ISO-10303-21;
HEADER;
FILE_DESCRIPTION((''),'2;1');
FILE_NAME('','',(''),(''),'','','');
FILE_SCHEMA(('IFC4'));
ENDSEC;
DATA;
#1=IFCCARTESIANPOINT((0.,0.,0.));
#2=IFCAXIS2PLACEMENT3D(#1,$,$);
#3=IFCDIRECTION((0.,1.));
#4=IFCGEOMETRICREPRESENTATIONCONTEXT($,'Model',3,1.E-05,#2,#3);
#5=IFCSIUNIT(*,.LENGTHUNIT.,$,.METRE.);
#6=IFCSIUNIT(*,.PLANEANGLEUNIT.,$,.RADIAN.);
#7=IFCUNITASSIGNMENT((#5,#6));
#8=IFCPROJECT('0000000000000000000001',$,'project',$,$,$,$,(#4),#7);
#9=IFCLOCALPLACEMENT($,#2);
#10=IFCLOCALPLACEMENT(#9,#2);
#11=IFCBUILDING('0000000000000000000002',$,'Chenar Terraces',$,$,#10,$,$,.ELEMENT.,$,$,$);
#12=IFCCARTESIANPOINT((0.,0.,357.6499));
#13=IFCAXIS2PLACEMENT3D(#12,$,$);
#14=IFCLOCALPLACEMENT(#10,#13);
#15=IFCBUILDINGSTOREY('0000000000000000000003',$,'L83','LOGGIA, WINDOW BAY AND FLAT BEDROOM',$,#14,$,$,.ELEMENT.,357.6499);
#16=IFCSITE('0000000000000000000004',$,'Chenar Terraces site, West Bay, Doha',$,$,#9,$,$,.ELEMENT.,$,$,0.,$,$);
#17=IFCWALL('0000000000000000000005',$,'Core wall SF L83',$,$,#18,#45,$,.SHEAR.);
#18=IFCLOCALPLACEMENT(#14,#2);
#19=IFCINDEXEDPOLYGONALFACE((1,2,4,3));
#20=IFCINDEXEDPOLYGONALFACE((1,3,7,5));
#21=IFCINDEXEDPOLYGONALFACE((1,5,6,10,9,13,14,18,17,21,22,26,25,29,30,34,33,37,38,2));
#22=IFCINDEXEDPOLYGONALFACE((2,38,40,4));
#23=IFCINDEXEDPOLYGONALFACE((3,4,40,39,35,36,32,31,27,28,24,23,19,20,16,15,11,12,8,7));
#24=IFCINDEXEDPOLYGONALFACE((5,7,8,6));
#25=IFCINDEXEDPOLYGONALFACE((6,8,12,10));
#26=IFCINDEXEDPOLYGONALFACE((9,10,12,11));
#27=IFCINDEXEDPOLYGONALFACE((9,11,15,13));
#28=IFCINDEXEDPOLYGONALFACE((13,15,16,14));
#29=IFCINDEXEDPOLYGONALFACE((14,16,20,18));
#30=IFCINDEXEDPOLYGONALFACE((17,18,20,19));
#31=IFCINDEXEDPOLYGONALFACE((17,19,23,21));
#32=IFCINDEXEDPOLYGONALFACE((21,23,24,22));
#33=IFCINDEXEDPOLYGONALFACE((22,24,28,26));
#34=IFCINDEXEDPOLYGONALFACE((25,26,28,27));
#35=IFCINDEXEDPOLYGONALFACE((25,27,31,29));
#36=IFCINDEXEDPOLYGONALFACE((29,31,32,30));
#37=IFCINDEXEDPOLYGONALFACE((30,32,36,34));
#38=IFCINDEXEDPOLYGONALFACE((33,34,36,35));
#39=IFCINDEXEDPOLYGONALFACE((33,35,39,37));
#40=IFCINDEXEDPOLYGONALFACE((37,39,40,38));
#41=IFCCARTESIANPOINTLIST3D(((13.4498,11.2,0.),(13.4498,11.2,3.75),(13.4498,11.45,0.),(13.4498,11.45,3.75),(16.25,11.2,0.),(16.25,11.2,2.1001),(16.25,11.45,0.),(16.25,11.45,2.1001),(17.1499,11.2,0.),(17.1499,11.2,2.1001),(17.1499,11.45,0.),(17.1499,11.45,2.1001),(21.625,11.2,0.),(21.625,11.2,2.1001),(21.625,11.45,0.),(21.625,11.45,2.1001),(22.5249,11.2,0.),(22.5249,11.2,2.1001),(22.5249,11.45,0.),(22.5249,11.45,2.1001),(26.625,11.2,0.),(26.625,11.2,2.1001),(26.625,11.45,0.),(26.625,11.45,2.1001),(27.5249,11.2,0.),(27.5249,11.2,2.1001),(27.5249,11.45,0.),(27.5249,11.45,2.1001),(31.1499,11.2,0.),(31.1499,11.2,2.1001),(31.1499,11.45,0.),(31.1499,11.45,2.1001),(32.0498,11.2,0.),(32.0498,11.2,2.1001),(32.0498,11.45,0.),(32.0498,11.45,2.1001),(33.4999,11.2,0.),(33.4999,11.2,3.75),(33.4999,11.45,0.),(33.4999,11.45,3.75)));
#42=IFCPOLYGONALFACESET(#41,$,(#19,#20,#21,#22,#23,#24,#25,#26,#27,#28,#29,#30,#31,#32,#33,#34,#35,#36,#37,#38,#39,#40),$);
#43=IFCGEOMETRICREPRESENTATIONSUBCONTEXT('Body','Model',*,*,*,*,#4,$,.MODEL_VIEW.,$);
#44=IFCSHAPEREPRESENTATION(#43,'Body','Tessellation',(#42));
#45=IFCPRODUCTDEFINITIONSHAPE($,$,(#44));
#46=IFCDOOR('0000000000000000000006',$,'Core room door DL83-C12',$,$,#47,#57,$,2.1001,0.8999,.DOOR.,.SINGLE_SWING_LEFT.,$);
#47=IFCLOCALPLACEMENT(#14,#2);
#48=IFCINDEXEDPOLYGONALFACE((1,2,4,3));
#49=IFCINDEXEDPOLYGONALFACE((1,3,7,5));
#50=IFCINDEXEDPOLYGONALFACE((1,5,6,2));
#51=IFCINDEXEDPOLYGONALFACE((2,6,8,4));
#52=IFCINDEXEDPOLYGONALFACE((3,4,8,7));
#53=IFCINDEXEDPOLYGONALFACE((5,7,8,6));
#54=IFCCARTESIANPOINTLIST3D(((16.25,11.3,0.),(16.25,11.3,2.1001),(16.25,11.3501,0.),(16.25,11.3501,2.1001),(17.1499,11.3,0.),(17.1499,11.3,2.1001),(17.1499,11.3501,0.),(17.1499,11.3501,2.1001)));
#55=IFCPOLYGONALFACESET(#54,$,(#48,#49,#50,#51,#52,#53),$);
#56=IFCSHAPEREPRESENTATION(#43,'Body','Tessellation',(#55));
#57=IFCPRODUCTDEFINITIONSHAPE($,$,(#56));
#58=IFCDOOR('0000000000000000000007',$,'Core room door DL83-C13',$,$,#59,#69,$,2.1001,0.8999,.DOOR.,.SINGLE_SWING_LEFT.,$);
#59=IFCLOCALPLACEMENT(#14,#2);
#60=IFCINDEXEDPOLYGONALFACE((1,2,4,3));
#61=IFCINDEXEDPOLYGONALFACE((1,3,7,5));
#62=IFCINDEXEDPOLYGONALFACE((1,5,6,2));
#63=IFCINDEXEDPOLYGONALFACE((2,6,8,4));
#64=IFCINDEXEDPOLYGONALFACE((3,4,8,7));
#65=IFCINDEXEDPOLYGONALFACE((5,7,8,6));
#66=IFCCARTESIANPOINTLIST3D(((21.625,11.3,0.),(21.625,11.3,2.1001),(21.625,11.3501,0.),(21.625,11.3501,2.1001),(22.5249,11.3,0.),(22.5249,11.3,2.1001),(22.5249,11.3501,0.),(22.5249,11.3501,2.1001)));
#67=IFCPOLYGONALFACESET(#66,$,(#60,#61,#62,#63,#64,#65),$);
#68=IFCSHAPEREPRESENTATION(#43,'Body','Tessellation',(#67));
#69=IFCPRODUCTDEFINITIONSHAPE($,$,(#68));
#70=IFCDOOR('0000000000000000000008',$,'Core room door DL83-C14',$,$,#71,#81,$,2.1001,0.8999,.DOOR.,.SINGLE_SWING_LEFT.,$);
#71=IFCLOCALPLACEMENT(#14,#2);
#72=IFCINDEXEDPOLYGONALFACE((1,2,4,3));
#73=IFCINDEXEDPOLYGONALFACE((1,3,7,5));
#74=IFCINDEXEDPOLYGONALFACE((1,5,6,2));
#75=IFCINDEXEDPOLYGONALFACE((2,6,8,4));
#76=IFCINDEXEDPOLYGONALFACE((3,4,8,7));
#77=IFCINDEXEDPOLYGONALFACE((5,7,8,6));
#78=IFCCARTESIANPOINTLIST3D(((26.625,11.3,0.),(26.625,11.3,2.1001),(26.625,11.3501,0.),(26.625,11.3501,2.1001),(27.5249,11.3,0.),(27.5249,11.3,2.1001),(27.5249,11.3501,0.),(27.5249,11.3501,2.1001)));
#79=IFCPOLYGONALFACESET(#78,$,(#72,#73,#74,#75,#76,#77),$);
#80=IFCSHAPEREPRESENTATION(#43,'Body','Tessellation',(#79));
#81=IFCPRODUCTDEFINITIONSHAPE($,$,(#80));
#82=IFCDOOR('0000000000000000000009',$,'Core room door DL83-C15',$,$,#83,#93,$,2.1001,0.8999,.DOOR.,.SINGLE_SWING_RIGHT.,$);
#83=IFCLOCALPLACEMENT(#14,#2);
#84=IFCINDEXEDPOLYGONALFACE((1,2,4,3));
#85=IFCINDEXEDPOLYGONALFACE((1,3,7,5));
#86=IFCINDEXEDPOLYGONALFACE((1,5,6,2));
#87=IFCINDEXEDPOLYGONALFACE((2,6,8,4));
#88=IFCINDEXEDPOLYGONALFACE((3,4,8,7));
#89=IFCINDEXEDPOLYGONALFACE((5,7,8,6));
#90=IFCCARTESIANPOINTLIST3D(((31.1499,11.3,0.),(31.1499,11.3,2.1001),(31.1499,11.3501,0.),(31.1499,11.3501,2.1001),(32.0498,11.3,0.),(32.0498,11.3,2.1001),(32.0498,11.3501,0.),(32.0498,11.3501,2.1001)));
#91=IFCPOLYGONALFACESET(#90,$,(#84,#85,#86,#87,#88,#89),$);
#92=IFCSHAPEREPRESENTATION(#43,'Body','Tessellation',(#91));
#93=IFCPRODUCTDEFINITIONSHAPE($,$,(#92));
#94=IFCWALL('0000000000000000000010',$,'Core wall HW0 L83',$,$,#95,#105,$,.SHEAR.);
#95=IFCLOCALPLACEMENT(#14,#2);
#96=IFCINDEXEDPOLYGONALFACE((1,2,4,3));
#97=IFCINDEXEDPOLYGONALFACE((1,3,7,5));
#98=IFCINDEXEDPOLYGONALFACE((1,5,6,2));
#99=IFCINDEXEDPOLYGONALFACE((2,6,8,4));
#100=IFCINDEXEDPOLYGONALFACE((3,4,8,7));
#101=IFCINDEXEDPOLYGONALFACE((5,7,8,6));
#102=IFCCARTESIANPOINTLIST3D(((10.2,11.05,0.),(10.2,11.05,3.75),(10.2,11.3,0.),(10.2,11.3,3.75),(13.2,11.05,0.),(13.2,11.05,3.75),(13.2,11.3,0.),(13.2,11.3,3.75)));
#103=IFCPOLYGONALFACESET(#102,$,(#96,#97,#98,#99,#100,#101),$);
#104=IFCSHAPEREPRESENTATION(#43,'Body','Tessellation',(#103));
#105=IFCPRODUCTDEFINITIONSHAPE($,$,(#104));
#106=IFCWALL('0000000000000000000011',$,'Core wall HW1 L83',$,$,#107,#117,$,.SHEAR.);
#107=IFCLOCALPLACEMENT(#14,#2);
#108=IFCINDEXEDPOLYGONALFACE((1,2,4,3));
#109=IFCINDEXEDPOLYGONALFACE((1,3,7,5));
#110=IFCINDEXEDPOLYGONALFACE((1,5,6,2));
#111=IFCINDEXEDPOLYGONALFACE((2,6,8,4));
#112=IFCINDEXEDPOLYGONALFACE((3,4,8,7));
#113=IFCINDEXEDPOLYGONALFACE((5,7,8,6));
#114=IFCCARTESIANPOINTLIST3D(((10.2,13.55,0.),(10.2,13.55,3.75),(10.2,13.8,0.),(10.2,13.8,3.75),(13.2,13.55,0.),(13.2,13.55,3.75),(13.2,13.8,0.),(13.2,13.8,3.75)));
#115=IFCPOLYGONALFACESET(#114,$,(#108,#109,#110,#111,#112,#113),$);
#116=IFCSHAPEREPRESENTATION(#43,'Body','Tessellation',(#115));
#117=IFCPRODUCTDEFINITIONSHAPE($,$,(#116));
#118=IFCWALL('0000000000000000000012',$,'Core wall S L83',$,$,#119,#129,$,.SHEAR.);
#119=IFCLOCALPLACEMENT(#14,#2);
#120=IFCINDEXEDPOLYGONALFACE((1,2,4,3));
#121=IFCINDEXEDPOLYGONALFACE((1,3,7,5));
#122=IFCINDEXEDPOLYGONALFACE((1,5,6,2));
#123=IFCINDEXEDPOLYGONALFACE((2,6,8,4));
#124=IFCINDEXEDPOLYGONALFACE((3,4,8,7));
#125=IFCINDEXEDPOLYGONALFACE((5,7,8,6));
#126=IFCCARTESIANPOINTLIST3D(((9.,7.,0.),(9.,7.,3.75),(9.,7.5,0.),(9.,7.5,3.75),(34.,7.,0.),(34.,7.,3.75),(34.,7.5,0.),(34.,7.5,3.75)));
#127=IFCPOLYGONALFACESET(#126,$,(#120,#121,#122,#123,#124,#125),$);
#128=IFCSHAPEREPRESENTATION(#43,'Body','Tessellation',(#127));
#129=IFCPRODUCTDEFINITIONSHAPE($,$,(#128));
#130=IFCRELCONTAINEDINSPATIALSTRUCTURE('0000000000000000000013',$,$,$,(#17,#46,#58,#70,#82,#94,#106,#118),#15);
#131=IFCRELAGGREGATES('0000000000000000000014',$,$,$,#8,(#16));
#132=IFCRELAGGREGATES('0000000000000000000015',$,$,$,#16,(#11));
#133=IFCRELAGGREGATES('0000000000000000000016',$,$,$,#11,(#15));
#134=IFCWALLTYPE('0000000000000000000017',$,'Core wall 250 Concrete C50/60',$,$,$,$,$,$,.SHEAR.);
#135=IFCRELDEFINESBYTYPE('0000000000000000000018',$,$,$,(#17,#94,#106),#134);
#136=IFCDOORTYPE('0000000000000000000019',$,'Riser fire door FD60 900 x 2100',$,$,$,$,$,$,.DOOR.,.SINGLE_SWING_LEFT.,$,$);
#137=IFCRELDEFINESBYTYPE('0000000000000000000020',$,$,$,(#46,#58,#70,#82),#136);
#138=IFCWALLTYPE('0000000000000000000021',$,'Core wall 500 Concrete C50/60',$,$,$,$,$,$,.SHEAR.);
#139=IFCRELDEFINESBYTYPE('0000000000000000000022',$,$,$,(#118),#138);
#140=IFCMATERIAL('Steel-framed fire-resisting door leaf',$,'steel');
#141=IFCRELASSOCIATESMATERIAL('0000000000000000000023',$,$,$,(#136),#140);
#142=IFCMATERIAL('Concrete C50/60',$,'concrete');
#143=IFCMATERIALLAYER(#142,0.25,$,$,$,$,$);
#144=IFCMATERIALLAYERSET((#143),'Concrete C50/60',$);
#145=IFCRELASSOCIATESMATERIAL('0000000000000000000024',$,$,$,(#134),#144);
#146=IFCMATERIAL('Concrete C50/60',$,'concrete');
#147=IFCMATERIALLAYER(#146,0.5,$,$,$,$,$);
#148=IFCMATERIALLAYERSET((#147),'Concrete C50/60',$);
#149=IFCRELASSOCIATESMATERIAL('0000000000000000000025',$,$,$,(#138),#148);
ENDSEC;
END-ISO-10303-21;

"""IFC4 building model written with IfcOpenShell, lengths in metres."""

from ifc_helpers import new_model, si_unit, direction, frame, frame_2d, origin, place, context, subcontext, project, spatial, rectangle, extrude, material, layer, layer_set, type_object, element, fill, save


model = new_model("IFC4")

# Units and contexts
model_context = context("Model", 3, precision=1e-05, world=origin(), true_north=direction((0.0, 1.0)))
body_context = subcontext(model_context, "Body", "Model", "MODEL_VIEW")
ifc_project = project(units=[si_unit("LENGTHUNIT", "METRE"), si_unit("PLANEANGLEUNIT", "RADIAN")], contexts=[model_context])

# Site, building, storey
site_placement = place(None, origin())
site = spatial("IfcSite", under=ifc_project, at=site_placement, Name="Chenar Terraces site, West Bay, Doha", CompositionType="ELEMENT", RefElevation=0.0)
building_placement = place(site_placement, origin())
building = spatial("IfcBuilding", under=site, at=building_placement, Name="Chenar Terraces", CompositionType="ELEMENT")
storey_placement = place(building_placement, frame((0.0, 0.0, 357.6499)))
storey = spatial("IfcBuildingStorey", under=building, at=storey_placement, Name="L83", Description="LOGGIA, WINDOW BAY AND FLAT BEDROOM", CompositionType="ELEMENT", Elevation=357.6499)

# Shared definitions
ifc_material_1 = material(Name="Steel-framed fire-resisting door leaf", Category="steel")
door_type_1 = type_object("IfcDoorType", Name="Riser fire door FD60 900 x 2100", OperationType="SINGLE_SWING_LEFT", PredefinedType="DOOR", material=ifc_material_1)

# Shared definitions
ifc_material_2 = material(Name="Concrete C50/60", Category="concrete")
ifc_layer_1 = layer(ifc_material_2, 0.25)
ifc_layer_set_1 = layer_set([ifc_layer_1], Name="Concrete C50/60")
wall_type_1 = type_object("IfcWallType", Name="Core wall 250 Concrete C50/60", PredefinedType="SHEAR", material=ifc_layer_set_1)

# Wall, openings, doors
wall_1_placement = place(storey_placement, frame((13.45, 11.325, 0.0), z_axis=(0.0, 0.0, 1.0), x_axis=(1.0, 0.0, 0.0)))
wall_1 = element("IfcWall", 1, at=wall_1_placement, inside=storey, type_object=wall_type_1, Name="Core wall SF L83", PredefinedType="SHEAR", context=body_context, shape_type="SweptSolid", body=[
    extrude(rectangle(XDim=20.05, YDim=0.25, at=frame_2d((10.0249, 0.0))), origin(), (0.0, 0.0, 1.0), 3.75),
])
opening_1_placement = place(wall_1_placement, frame((2.8, 0.0, 0.0)))
opening_1 = element("IfcOpeningElement", 2, at=opening_1_placement, cuts=wall_1, PredefinedType="OPENING", context=body_context, shape_type="SweptSolid", body=[
    extrude(rectangle(XDim=0.8999, YDim=2.1001, at=frame_2d((0.45, 1.05))), frame((0.0, 0.135, 0.0), z_axis=(0.0, -1.0, 0.0), x_axis=(1.0, 0.0, 0.0)), (0.0, 0.0, 1.0), 0.27),
])
opening_2_placement = place(wall_1_placement, frame((8.175, 0.0, 0.0)))
opening_2 = element("IfcOpeningElement", 3, at=opening_2_placement, cuts=wall_1, PredefinedType="OPENING", context=body_context, shape_type="SweptSolid", body=[
    extrude(rectangle(XDim=0.8999, YDim=2.1001, at=frame_2d((0.45, 1.05))), frame((0.0, 0.135, 0.0), z_axis=(0.0, -1.0, 0.0), x_axis=(1.0, 0.0, 0.0)), (0.0, 0.0, 1.0), 0.27),
])
opening_3_placement = place(wall_1_placement, frame((13.175, 0.0, 0.0)))
opening_3 = element("IfcOpeningElement", 4, at=opening_3_placement, cuts=wall_1, PredefinedType="OPENING", context=body_context, shape_type="SweptSolid", body=[
    extrude(rectangle(XDim=0.8999, YDim=2.1001, at=frame_2d((0.45, 1.05))), frame((0.0, 0.135, 0.0), z_axis=(0.0, -1.0, 0.0), x_axis=(1.0, 0.0, 0.0)), (0.0, 0.0, 1.0), 0.27),
])
opening_4_placement = place(wall_1_placement, frame((17.7, 0.0, 0.0)))
opening_4 = element("IfcOpeningElement", 5, at=opening_4_placement, cuts=wall_1, PredefinedType="OPENING", context=body_context, shape_type="SweptSolid", body=[
    extrude(rectangle(XDim=0.8999, YDim=2.1001, at=frame_2d((0.45, 1.05))), frame((0.0, 0.135, 0.0), z_axis=(0.0, -1.0, 0.0), x_axis=(1.0, 0.0, 0.0)), (0.0, 0.0, 1.0), 0.27),
])
door_1_placement = place(opening_1_placement, frame((0.8999, 0.0, 0.0), z_axis=(0.0, 0.0, 1.0), x_axis=(-1.0, 0.0, 0.0)))
door_1 = element("IfcDoor", 6, at=door_1_placement, inside=storey, type_object=door_type_1, Name="Core room door DL83-C12", OperationType="SINGLE_SWING_LEFT", OverallHeight=2.1001, OverallWidth=0.8999, PredefinedType="DOOR", context=body_context, shape_type="SweptSolid", body=[
    extrude(rectangle(XDim=0.8999, YDim=2.1001, at=frame_2d((0.45, 1.05))), frame((0.0, 0.0249, 0.0), z_axis=(0.0, -1.0, 0.0), x_axis=(1.0, 0.0, 0.0)), (0.0, 0.0, 1.0), 0.05),
])
fill(opening_1, door_1)
door_2_placement = place(opening_2_placement, frame((0.8999, 0.0, 0.0), z_axis=(0.0, 0.0, 1.0), x_axis=(-1.0, 0.0, 0.0)))
door_2 = element("IfcDoor", 7, at=door_2_placement, inside=storey, type_object=door_type_1, Name="Core room door DL83-C13", OperationType="SINGLE_SWING_LEFT", OverallHeight=2.1001, OverallWidth=0.8999, PredefinedType="DOOR", context=body_context, shape_type="SweptSolid", body=[
    extrude(rectangle(XDim=0.8999, YDim=2.1001, at=frame_2d((0.45, 1.05))), frame((0.0, 0.0249, 0.0), z_axis=(0.0, -1.0, 0.0), x_axis=(1.0, 0.0, 0.0)), (0.0, 0.0, 1.0), 0.05),
])
fill(opening_2, door_2)
door_3_placement = place(opening_3_placement, frame((0.8999, 0.0, 0.0), z_axis=(0.0, 0.0, 1.0), x_axis=(-1.0, 0.0, 0.0)))
door_3 = element("IfcDoor", 8, at=door_3_placement, inside=storey, type_object=door_type_1, Name="Core room door DL83-C14", OperationType="SINGLE_SWING_LEFT", OverallHeight=2.1001, OverallWidth=0.8999, PredefinedType="DOOR", context=body_context, shape_type="SweptSolid", body=[
    extrude(rectangle(XDim=0.8999, YDim=2.1001, at=frame_2d((0.45, 1.05))), frame((0.0, 0.0249, 0.0), z_axis=(0.0, -1.0, 0.0), x_axis=(1.0, 0.0, 0.0)), (0.0, 0.0, 1.0), 0.05),
])
fill(opening_3, door_3)
door_4_placement = place(opening_4_placement, frame((0.8999, 0.0, 0.0), z_axis=(0.0, 0.0, 1.0), x_axis=(-1.0, 0.0, 0.0)))
door_4 = element("IfcDoor", 9, at=door_4_placement, inside=storey, type_object=door_type_1, Name="Core room door DL83-C15", OperationType="SINGLE_SWING_RIGHT", OverallHeight=2.1001, OverallWidth=0.8999, PredefinedType="DOOR", context=body_context, shape_type="SweptSolid", body=[
    extrude(rectangle(XDim=0.8999, YDim=2.1001, at=frame_2d((0.45, 1.05))), frame((0.0, 0.0249, 0.0), z_axis=(0.0, -1.0, 0.0), x_axis=(1.0, 0.0, 0.0)), (0.0, 0.0, 1.0), 0.05),
])
fill(opening_4, door_4)

# Walls
for number, where, z_axis, x_axis, name in (
    (10, (10.2, 11.175, 0.0), (0.0, 0.0, 1.0), (1.0, 0.0, 0.0), "Core wall HW0 L83"),
    (11, (10.2, 13.675, 0.0), (0.0, 0.0, 1.0), (1.0, 0.0, 0.0), "Core wall HW1 L83"),
):
    element("IfcWall", number, at=place(storey_placement, frame(where, z_axis=z_axis, x_axis=x_axis)), inside=storey, type_object=wall_type_1, Name=name, PredefinedType="SHEAR", context=body_context, shape_type="SweptSolid", body=[
        extrude(rectangle(XDim=3.0, YDim=0.25, at=frame_2d((1.5, 0.0))), origin(), (0.0, 0.0, 1.0), 3.75),
    ])
ifc_material_3 = material(Name="Concrete C50/60", Category="concrete")
ifc_layer_2 = layer(ifc_material_3, 0.5)
ifc_layer_set_2 = layer_set([ifc_layer_2], Name="Concrete C50/60")
wall_type_2 = type_object("IfcWallType", Name="Core wall 500 Concrete C50/60", PredefinedType="SHEAR", material=ifc_layer_set_2)
wall_2_placement = place(storey_placement, frame((9.0, 7.25, 0.0), z_axis=(0.0, 0.0, 1.0), x_axis=(1.0, 0.0, 0.0)))
element("IfcWall", 12, at=wall_2_placement, inside=storey, type_object=wall_type_2, Name="Core wall S L83", PredefinedType="SHEAR", context=body_context, shape_type="SweptSolid", body=[
    extrude(rectangle(XDim=25.0, YDim=0.5, at=frame_2d((12.5, 0.0))), origin(), (0.0, 0.0, 1.0), 3.75),
])

save(model, "model.ifc")
